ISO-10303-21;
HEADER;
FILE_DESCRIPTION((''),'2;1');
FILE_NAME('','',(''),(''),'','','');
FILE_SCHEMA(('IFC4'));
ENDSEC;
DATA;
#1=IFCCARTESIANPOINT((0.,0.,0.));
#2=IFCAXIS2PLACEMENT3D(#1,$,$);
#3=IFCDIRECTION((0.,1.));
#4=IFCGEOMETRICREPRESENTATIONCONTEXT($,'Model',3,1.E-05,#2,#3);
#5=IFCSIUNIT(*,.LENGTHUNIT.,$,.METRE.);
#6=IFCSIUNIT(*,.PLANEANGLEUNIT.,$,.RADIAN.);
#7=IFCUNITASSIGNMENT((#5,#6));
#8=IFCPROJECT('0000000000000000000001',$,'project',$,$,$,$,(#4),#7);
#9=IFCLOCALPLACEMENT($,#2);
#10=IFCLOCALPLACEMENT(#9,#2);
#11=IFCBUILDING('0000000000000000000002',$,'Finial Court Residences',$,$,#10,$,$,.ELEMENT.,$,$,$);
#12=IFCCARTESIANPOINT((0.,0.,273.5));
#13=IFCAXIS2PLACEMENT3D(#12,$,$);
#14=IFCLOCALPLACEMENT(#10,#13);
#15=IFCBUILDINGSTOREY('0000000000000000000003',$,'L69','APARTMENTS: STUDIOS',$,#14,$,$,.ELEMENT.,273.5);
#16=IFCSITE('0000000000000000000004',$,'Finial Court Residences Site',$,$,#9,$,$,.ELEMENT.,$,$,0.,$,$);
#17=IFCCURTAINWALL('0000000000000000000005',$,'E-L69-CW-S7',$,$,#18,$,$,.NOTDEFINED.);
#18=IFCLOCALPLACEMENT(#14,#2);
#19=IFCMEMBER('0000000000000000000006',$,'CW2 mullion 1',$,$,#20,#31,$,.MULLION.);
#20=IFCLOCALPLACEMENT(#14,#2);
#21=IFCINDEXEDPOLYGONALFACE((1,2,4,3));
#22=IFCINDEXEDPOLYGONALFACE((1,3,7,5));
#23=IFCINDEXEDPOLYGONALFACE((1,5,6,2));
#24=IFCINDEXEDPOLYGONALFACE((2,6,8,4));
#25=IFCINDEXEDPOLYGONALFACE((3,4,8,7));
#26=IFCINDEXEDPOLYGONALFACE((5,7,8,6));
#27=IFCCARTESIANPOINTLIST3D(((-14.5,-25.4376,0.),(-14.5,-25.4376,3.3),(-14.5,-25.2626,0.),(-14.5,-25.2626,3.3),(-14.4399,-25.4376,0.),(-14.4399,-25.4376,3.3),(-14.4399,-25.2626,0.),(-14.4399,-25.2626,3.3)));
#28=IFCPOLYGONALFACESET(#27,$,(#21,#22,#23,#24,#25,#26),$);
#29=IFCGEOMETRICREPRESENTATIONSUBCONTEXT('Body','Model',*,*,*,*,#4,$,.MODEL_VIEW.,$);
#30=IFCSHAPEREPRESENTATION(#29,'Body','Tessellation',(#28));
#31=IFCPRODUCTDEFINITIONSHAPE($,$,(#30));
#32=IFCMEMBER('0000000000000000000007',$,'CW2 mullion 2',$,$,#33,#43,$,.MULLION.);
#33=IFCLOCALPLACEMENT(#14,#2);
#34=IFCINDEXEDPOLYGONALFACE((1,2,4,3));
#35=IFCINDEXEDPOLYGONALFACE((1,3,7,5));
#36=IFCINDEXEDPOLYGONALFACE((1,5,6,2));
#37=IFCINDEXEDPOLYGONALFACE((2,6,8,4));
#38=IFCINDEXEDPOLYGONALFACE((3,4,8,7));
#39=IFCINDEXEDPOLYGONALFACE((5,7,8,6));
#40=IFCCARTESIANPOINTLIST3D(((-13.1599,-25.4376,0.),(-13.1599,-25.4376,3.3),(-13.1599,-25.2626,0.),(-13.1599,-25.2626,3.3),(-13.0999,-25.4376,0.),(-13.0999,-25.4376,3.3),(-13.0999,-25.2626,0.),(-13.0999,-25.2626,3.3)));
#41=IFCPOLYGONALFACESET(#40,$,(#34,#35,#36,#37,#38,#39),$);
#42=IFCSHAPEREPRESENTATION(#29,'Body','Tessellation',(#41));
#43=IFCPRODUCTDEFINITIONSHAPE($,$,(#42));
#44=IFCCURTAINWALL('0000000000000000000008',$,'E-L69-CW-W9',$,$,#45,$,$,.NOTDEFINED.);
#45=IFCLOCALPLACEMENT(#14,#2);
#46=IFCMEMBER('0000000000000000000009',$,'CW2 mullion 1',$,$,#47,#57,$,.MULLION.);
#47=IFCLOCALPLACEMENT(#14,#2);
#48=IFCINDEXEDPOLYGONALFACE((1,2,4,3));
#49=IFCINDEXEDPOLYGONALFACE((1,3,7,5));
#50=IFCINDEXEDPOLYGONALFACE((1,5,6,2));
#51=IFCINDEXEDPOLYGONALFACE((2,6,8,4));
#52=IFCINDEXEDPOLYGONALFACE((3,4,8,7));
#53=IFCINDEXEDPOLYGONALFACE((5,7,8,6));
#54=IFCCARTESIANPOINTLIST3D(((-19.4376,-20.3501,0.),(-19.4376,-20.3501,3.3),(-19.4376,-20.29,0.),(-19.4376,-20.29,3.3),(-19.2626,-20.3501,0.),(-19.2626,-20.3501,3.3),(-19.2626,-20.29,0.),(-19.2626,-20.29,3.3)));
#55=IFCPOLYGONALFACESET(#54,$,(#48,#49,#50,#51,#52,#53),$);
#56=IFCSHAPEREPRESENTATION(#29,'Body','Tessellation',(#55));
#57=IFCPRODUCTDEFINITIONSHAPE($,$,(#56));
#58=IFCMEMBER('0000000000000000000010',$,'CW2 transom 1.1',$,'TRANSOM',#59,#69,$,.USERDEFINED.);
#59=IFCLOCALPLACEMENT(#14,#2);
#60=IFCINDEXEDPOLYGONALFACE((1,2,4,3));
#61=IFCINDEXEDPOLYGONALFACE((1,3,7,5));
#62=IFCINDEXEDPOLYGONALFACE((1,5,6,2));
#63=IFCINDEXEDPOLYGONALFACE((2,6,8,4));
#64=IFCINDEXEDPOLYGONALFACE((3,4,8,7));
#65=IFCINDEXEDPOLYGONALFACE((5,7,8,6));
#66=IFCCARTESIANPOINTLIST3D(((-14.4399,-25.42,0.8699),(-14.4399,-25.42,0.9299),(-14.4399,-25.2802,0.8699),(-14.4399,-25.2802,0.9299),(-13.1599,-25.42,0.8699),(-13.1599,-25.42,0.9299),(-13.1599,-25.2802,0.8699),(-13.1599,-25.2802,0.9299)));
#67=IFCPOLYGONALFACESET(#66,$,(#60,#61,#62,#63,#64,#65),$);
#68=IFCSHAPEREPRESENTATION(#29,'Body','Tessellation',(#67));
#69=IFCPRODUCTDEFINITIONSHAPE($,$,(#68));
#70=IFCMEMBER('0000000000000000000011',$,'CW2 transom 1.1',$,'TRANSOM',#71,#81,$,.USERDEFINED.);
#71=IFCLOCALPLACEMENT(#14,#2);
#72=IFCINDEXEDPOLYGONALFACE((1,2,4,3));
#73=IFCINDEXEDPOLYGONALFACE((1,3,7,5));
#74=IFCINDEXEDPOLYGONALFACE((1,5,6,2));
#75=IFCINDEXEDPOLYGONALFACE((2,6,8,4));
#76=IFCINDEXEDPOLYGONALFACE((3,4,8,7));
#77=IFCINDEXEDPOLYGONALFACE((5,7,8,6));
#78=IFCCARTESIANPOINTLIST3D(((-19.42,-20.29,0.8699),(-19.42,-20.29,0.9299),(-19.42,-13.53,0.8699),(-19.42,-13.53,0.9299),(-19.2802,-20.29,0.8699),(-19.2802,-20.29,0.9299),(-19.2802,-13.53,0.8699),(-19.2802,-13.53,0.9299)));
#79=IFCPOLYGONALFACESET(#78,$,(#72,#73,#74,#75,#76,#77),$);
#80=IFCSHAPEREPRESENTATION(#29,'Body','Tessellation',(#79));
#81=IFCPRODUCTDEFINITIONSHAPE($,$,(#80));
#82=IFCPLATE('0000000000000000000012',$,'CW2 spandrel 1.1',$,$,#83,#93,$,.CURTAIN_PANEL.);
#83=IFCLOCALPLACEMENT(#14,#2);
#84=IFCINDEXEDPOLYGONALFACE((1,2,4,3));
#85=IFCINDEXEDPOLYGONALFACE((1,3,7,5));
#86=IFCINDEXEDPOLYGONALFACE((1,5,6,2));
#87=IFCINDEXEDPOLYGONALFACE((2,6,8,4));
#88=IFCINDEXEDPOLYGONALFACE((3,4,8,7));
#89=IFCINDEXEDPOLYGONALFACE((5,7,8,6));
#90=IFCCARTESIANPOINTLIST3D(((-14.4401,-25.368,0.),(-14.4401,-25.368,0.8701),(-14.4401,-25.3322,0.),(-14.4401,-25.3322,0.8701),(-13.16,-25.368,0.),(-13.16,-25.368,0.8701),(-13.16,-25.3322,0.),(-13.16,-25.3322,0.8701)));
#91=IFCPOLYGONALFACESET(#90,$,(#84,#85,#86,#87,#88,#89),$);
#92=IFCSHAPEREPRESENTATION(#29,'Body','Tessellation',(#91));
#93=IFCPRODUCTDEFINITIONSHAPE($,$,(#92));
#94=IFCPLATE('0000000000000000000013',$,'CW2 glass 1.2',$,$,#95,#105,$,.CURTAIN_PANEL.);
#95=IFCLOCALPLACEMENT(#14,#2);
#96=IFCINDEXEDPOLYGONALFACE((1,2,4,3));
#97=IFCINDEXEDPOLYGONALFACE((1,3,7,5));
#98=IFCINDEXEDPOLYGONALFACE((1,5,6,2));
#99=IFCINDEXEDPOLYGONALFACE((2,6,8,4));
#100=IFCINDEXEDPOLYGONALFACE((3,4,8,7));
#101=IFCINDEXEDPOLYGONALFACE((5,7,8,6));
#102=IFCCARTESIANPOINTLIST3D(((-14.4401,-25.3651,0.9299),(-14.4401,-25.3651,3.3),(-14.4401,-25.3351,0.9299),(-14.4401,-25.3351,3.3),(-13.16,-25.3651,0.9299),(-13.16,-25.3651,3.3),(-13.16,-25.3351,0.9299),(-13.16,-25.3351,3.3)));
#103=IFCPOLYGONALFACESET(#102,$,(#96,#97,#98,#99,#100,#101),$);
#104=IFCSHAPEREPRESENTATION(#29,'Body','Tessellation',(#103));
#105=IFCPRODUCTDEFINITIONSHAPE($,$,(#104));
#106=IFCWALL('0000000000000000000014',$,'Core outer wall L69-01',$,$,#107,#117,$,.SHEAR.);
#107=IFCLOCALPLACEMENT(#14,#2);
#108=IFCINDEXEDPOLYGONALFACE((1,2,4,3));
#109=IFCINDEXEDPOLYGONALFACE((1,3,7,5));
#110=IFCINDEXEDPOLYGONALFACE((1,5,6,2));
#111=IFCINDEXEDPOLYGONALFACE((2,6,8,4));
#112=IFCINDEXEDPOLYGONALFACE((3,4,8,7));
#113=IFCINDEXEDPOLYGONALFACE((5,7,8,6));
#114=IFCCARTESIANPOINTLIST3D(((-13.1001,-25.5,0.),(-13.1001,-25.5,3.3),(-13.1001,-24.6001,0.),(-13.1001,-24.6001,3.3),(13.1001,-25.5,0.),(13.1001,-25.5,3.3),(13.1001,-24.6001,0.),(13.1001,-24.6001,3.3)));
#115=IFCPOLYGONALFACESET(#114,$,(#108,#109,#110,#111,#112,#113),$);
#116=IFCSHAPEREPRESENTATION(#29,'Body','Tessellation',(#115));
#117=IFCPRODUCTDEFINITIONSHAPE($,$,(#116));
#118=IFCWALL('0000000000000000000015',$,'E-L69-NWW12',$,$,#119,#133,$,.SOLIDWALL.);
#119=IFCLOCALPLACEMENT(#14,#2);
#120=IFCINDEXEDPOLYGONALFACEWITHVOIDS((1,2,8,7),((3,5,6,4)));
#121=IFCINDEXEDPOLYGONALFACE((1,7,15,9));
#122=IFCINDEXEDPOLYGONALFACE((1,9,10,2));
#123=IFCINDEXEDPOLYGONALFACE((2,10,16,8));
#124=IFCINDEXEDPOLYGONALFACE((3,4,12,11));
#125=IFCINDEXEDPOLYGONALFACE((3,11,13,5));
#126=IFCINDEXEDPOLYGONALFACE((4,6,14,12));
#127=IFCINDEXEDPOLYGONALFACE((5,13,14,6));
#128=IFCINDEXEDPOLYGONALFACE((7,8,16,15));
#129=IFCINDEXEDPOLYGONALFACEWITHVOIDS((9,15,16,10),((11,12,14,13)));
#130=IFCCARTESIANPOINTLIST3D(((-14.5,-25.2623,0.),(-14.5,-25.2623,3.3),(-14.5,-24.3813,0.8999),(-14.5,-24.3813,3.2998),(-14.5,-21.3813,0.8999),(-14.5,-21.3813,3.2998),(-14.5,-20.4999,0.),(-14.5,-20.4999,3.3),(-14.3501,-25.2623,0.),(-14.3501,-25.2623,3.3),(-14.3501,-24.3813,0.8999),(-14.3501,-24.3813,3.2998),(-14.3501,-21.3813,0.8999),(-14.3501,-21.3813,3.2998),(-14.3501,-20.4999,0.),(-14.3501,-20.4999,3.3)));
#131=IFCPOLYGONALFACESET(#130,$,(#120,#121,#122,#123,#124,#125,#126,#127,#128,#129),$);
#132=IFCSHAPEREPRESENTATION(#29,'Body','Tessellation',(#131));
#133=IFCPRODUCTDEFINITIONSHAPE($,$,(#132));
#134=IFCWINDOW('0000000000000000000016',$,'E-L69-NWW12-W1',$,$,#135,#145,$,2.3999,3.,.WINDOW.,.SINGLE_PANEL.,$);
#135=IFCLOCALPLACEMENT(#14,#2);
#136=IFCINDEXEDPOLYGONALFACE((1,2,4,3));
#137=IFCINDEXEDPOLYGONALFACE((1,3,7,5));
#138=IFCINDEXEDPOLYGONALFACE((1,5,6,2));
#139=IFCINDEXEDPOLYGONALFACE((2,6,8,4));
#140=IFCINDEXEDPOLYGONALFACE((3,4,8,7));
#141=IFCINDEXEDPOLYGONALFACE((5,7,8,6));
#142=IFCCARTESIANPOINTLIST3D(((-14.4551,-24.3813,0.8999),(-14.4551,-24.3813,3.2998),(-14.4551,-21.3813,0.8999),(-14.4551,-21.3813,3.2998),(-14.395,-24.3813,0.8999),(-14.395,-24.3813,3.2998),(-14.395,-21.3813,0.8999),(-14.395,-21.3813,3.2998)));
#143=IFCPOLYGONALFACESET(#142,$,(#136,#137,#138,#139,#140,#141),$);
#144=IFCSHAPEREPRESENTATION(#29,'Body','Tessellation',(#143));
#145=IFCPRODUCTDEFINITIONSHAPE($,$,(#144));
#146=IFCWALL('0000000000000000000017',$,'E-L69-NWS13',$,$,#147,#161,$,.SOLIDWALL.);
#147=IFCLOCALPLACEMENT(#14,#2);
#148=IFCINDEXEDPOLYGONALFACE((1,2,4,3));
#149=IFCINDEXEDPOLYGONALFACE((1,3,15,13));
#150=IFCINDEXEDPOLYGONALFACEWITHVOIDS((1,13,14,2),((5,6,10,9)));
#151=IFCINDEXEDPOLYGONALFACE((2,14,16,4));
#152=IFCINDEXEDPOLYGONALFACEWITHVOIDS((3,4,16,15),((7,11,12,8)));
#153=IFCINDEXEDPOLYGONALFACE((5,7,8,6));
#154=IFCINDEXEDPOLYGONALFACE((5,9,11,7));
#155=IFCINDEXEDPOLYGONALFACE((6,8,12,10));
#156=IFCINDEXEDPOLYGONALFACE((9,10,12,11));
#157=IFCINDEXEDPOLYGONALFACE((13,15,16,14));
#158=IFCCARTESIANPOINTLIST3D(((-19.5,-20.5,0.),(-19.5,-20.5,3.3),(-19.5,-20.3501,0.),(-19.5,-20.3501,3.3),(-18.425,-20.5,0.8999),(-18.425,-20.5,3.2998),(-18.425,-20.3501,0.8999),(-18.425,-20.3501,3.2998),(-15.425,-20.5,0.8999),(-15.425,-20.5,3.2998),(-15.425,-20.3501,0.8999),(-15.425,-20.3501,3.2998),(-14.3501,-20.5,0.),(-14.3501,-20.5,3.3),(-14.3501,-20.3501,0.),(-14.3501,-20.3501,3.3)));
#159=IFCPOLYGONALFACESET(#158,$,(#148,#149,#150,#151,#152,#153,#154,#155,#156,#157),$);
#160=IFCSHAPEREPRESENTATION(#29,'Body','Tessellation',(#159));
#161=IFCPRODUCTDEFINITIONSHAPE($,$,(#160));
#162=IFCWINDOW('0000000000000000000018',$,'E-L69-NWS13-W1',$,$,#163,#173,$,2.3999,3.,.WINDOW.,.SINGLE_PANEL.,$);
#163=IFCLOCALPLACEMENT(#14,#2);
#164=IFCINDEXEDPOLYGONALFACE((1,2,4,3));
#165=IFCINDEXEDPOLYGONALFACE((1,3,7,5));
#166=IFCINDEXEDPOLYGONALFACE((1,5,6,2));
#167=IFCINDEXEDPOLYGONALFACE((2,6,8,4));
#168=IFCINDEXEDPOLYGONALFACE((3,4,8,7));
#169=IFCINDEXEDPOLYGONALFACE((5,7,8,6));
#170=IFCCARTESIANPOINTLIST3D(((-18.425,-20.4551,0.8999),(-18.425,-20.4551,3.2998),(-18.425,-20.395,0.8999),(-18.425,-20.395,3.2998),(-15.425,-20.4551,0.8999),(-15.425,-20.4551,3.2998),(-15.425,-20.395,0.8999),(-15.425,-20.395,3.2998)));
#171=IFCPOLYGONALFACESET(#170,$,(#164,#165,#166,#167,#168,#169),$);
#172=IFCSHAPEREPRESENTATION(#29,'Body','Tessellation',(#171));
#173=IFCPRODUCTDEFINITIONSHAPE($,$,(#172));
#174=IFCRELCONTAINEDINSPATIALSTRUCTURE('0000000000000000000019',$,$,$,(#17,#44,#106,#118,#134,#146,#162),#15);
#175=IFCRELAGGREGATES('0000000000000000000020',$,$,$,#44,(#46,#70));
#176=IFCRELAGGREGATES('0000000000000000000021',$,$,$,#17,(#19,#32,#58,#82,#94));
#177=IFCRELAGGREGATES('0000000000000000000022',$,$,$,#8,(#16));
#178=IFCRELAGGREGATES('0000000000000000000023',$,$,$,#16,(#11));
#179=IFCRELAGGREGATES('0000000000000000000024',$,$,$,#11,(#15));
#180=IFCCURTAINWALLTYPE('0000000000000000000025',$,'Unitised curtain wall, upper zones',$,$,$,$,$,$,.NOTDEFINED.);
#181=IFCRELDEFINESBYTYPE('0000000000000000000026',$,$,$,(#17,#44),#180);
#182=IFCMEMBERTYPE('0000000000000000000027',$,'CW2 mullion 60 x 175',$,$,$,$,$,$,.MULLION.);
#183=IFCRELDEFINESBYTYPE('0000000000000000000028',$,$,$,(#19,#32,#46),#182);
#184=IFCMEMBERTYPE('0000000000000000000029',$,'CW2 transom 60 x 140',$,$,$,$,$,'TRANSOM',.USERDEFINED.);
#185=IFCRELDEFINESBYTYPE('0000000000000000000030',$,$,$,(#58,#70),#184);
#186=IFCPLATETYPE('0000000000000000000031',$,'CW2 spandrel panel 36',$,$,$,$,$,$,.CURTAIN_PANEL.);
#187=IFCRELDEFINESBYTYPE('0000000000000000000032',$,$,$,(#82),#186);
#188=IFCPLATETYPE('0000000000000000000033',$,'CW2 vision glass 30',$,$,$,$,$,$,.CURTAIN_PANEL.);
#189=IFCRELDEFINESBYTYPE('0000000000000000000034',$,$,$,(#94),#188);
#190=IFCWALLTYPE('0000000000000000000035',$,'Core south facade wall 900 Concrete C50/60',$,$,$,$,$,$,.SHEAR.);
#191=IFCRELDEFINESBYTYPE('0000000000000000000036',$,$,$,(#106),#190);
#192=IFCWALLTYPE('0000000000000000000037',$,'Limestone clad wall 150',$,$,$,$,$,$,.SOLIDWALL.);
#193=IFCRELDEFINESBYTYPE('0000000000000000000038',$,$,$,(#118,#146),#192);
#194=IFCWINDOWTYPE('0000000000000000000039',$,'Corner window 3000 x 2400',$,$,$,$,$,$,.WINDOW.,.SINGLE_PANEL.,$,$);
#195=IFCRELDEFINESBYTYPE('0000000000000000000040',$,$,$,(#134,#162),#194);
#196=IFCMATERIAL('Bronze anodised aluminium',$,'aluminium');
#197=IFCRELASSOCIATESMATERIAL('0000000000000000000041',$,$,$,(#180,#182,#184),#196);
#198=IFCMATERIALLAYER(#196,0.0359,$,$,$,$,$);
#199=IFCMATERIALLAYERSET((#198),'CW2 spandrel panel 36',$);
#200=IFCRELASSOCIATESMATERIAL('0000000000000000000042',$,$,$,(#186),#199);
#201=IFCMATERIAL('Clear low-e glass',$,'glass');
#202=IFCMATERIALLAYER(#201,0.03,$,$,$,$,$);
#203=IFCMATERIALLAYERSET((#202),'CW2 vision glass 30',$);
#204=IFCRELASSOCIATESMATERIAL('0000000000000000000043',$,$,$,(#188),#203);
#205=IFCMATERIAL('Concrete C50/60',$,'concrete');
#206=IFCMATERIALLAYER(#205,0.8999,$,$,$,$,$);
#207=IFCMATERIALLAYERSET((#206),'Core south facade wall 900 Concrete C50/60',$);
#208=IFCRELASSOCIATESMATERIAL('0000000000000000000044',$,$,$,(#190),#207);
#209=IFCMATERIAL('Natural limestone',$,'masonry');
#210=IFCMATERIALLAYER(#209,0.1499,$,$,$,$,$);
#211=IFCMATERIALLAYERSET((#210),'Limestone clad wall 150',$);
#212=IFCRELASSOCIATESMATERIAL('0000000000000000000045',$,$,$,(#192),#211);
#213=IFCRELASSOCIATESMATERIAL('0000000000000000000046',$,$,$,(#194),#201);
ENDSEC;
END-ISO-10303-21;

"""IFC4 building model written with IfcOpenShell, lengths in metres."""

from ifc_helpers import new_model, si_unit, direction, frame, frame_2d, origin, origin_2d, place, context, subcontext, project, spatial, rectangle, extrude, material, layer, layer_set, material_profile, profile_set, type_object, element, fill, aggregate, save


model = new_model("IFC4")

# Units and contexts
model_context = context("Model", 3, precision=1e-05, world=origin(), true_north=direction((0.0, 1.0)))
body_context = subcontext(model_context, "Body", "Model", "MODEL_VIEW")
ifc_project = project(units=[si_unit("LENGTHUNIT", "METRE"), si_unit("PLANEANGLEUNIT", "RADIAN")], contexts=[model_context])

# Site, building, storey
site_placement = place(None, origin())
site = spatial("IfcSite", under=ifc_project, at=site_placement, Name="Finial Court Residences Site", CompositionType="ELEMENT", RefElevation=0.0)
building_placement = place(site_placement, origin())
building = spatial("IfcBuilding", under=site, at=building_placement, Name="Finial Court Residences", CompositionType="ELEMENT")
storey_placement = place(building_placement, frame((0.0, 0.0, 273.5)))
storey = spatial("IfcBuildingStorey", under=building, at=storey_placement, Name="L69", Description="APARTMENTS: STUDIOS", CompositionType="ELEMENT", Elevation=273.5)

# Curtain wall, members
ifc_material_1 = material(Name="Bronze anodised aluminium", Category="aluminium")
curtain_wall_type = type_object("IfcCurtainWallType", Name="Unitised curtain wall, upper zones", PredefinedType="NOTDEFINED", material=ifc_material_1)
curtain_wall_1_placement = place(storey_placement, origin())
curtain_wall_1 = element("IfcCurtainWall", 1, at=curtain_wall_1_placement, inside=storey, type_object=curtain_wall_type, Name="E-L69-CW-S7", PredefinedType="NOTDEFINED")
ifc_material_profile_1 = material_profile(ifc_material_1, rectangle(XDim=0.175, YDim=0.0601, at=origin_2d()), Name="CW2 mullion 60 x 175")
ifc_profile_set_1 = profile_set([ifc_material_profile_1], Name="Bronze anodised aluminium")
member_type_1 = type_object("IfcMemberType", Name="CW2 mullion 60 x 175", PredefinedType="MULLION", material=ifc_profile_set_1)
member_1_placement = place(storey_placement, frame((-14.47, -25.3501, 0.0), z_axis=(0.0, 0.0, 1.0), x_axis=(0.0, 1.0, 0.0)))
member_1 = element("IfcMember", 2, at=member_1_placement, type_object=member_type_1, Name="CW2 mullion 1", PredefinedType="MULLION", context=body_context, shape_type="SweptSolid", body=[
    extrude(rectangle(XDim=0.175, YDim=0.0601, at=origin_2d()), origin(), (0.0, 0.0, 1.0), 3.3),
])
member_2_placement = place(storey_placement, frame((-13.1299, -25.3501, 0.0), z_axis=(0.0, 0.0, 1.0), x_axis=(0.0, 1.0, 0.0)))
member_2 = element("IfcMember", 3, at=member_2_placement, type_object=member_type_1, Name="CW2 mullion 2", PredefinedType="MULLION", context=body_context, shape_type="SweptSolid", body=[
    extrude(rectangle(XDim=0.175, YDim=0.0601, at=origin_2d()), origin(), (0.0, 0.0, 1.0), 3.3),
])

# Curtain wall, member
curtain_wall_2_placement = place(storey_placement, origin())
curtain_wall_2 = element("IfcCurtainWall", 4, at=curtain_wall_2_placement, inside=storey, type_object=curtain_wall_type, Name="E-L69-CW-W9", PredefinedType="NOTDEFINED")
member_3_placement = place(storey_placement, frame((-19.3501, -20.3201, 0.0), z_axis=(0.0, 0.0, 1.0), x_axis=(-1.0, 0.0, 0.0)))
member_3 = element("IfcMember", 5, at=member_3_placement, type_object=member_type_1, Name="CW2 mullion 1", PredefinedType="MULLION", context=body_context, shape_type="SweptSolid", body=[
    extrude(rectangle(XDim=0.175, YDim=0.0601, at=origin_2d()), origin(), (0.0, 0.0, 1.0), 3.3),
])

# Members
ifc_material_profile_2 = material_profile(ifc_material_1, rectangle(XDim=0.1399, YDim=0.0601, at=origin_2d()), Name="CW2 transom 60 x 140")
ifc_profile_set_2 = profile_set([ifc_material_profile_2], Name="Bronze anodised aluminium")
member_type_2 = type_object("IfcMemberType", Name="CW2 transom 60 x 140", ElementType="TRANSOM", PredefinedType="USERDEFINED", material=ifc_profile_set_2)
member_4_placement = place(storey_placement, frame((-14.4399, -25.3501, 0.8999), z_axis=(1.0, 0.0, 0.0), x_axis=(0.0, 1.0, 0.0)))
member_4 = element("IfcMember", 6, at=member_4_placement, type_object=member_type_2, Name="CW2 transom 1.1", ObjectType="TRANSOM", PredefinedType="USERDEFINED", context=body_context, shape_type="SweptSolid", body=[
    extrude(rectangle(XDim=0.1399, YDim=0.0601, at=origin_2d()), origin(), (0.0, 0.0, 1.0), 1.28),
])
member_5_placement = place(storey_placement, frame((-19.3501, -20.29, 0.8999), z_axis=(0.0, 1.0, 0.0), x_axis=(-1.0, 0.0, 0.0)))
member_5 = element("IfcMember", 7, at=member_5_placement, type_object=member_type_2, Name="CW2 transom 1.1", ObjectType="TRANSOM", PredefinedType="USERDEFINED", context=body_context, shape_type="SweptSolid", body=[
    extrude(rectangle(XDim=0.1399, YDim=0.0601, at=origin_2d()), origin(), (0.0, 0.0, 1.0), 6.76),
])
aggregate(curtain_wall_2, [member_3, member_5])

# Plates
ifc_layer_1 = layer(ifc_material_1, 0.0359)
ifc_layer_set_1 = layer_set([ifc_layer_1], Name="CW2 spandrel panel 36")
plate_type_1 = type_object("IfcPlateType", Name="CW2 spandrel panel 36", PredefinedType="CURTAIN_PANEL", material=ifc_layer_set_1)
plate_1_placement = place(storey_placement, frame((-13.8, -25.3501, 0.0), z_axis=(0.0, 0.0, 1.0), x_axis=(1.0, 0.0, 0.0)))
plate_1 = element("IfcPlate", 8, at=plate_1_placement, type_object=plate_type_1, Name="CW2 spandrel 1.1", PredefinedType="CURTAIN_PANEL", context=body_context, shape_type="SweptSolid", body=[
    extrude(rectangle(XDim=1.28, YDim=0.0359, at=origin_2d()), origin(), (0.0, 0.0, 1.0), 0.8701),
])
ifc_material_2 = material(Name="Clear low-e glass", Category="glass")
ifc_layer_2 = layer(ifc_material_2, 0.03)
ifc_layer_set_2 = layer_set([ifc_layer_2], Name="CW2 vision glass 30")
plate_type_2 = type_object("IfcPlateType", Name="CW2 vision glass 30", PredefinedType="CURTAIN_PANEL", material=ifc_layer_set_2)
plate_2_placement = place(storey_placement, frame((-13.8, -25.3501, 0.9299), z_axis=(0.0, 0.0, 1.0), x_axis=(1.0, 0.0, 0.0)))
plate_2 = element("IfcPlate", 9, at=plate_2_placement, type_object=plate_type_2, Name="CW2 glass 1.2", PredefinedType="CURTAIN_PANEL", context=body_context, shape_type="SweptSolid", body=[
    extrude(rectangle(XDim=1.28, YDim=0.03, at=origin_2d()), origin(), (0.0, 0.0, 1.0), 2.3701),
])
aggregate(curtain_wall_1, [member_1, member_2, member_4, plate_1, plate_2])

# Wall
ifc_material_3 = material(Name="Concrete C50/60", Category="concrete")
ifc_layer_3 = layer(ifc_material_3, 0.8999)
ifc_layer_set_3 = layer_set([ifc_layer_3], Name="Core south facade wall 900 Concrete C50/60")
wall_type_1 = type_object("IfcWallType", Name="Core south facade wall 900 Concrete C50/60", PredefinedType="SHEAR", material=ifc_layer_set_3)
wall_1_placement = place(storey_placement, frame((-13.1001, -25.05, 0.0), z_axis=(0.0, 0.0, 1.0), x_axis=(1.0, 0.0, 0.0)))
element("IfcWall", 10, at=wall_1_placement, inside=storey, type_object=wall_type_1, Name="Core outer wall L69-01", PredefinedType="SHEAR", context=body_context, shape_type="SweptSolid", body=[
    extrude(rectangle(XDim=26.2002, YDim=0.8999, at=frame_2d((13.1001, 0.0))), origin(), (0.0, 0.0, 1.0), 3.3),
])

# Walls, openings, windows
ifc_material_4 = material(Name="Natural limestone", Category="masonry")
ifc_layer_4 = layer(ifc_material_4, 0.1499)
ifc_layer_set_4 = layer_set([ifc_layer_4], Name="Limestone clad wall 150")
wall_type_2 = type_object("IfcWallType", Name="Limestone clad wall 150", PredefinedType="SOLIDWALL", material=ifc_layer_set_4)
wall_2_placement = place(storey_placement, frame((-14.425, -25.2625, 0.0), z_axis=(0.0, 0.0, 1.0), x_axis=(0.0, 1.0, 0.0)))
wall_2 = element("IfcWall", 11, at=wall_2_placement, inside=storey, type_object=wall_type_2, Name="E-L69-NWW12", PredefinedType="SOLIDWALL", context=body_context, shape_type="SweptSolid", body=[
    extrude(rectangle(XDim=4.7625, YDim=0.1499, at=frame_2d((2.3813, 0.0))), origin(), (0.0, 0.0, 1.0), 3.3),
])
opening_1_placement = place(wall_2_placement, frame((0.8811, 0.0, 0.8999)))
opening_1 = element("IfcOpeningElement", 12, at=opening_1_placement, cuts=wall_2, PredefinedType="OPENING", context=body_context, shape_type="SweptSolid", body=[
    extrude(rectangle(XDim=3.0, YDim=2.3999, at=frame_2d((1.5, 1.2))), frame((0.0, 0.085, 0.0), z_axis=(0.0, -1.0, 0.0), x_axis=(1.0, 0.0, 0.0)), (0.0, 0.0, 1.0), 0.1699),
])
window_type = type_object("IfcWindowType", Name="Corner window 3000 x 2400", PartitioningType="SINGLE_PANEL", PredefinedType="WINDOW", material=ifc_material_2)
window_1_placement = place(opening_1_placement, origin())
window_1 = element("IfcWindow", 13, at=window_1_placement, inside=storey, type_object=window_type, Name="E-L69-NWW12-W1", OverallHeight=2.3999, OverallWidth=3.0, PartitioningType="SINGLE_PANEL", PredefinedType="WINDOW", context=body_context, shape_type="SweptSolid", body=[
    extrude(rectangle(XDim=3.0, YDim=2.3999, at=frame_2d((1.5, 1.2))), frame((0.0, 0.03, 0.0), z_axis=(0.0, -1.0, 0.0), x_axis=(1.0, 0.0, 0.0)), (0.0, 0.0, 1.0), 0.0601),
])
fill(opening_1, window_1)
wall_3_placement = place(storey_placement, frame((-14.3501, -20.425, 0.0), z_axis=(0.0, 0.0, 1.0), x_axis=(-1.0, 0.0, 0.0)))
wall_3 = element("IfcWall", 14, at=wall_3_placement, inside=storey, type_object=wall_type_2, Name="E-L69-NWS13", PredefinedType="SOLIDWALL", context=body_context, shape_type="SweptSolid", body=[
    extrude(rectangle(XDim=5.1499, YDim=0.1499, at=frame_2d((2.575, 0.0))), origin(), (0.0, 0.0, 1.0), 3.3),
])
opening_2_placement = place(wall_3_placement, frame((1.075, 0.0, 0.8999)))
opening_2 = element("IfcOpeningElement", 15, at=opening_2_placement, cuts=wall_3, PredefinedType="OPENING", context=body_context, shape_type="SweptSolid", body=[
    extrude(rectangle(XDim=3.0, YDim=2.3999, at=frame_2d((1.5, 1.2))), frame((0.0, 0.085, 0.0), z_axis=(0.0, -1.0, 0.0), x_axis=(1.0, 0.0, 0.0)), (0.0, 0.0, 1.0), 0.1699),
])
window_2_placement = place(opening_2_placement, origin())
window_2 = element("IfcWindow", 16, at=window_2_placement, inside=storey, type_object=window_type, Name="E-L69-NWS13-W1", OverallHeight=2.3999, OverallWidth=3.0, PartitioningType="SINGLE_PANEL", PredefinedType="WINDOW", context=body_context, shape_type="SweptSolid", body=[
    extrude(rectangle(XDim=3.0, YDim=2.3999, at=frame_2d((1.5, 1.2))), frame((0.0, 0.03, 0.0), z_axis=(0.0, -1.0, 0.0), x_axis=(1.0, 0.0, 0.0)), (0.0, 0.0, 1.0), 0.0601),
])
fill(opening_2, window_2)

save(model, "model.ifc")
